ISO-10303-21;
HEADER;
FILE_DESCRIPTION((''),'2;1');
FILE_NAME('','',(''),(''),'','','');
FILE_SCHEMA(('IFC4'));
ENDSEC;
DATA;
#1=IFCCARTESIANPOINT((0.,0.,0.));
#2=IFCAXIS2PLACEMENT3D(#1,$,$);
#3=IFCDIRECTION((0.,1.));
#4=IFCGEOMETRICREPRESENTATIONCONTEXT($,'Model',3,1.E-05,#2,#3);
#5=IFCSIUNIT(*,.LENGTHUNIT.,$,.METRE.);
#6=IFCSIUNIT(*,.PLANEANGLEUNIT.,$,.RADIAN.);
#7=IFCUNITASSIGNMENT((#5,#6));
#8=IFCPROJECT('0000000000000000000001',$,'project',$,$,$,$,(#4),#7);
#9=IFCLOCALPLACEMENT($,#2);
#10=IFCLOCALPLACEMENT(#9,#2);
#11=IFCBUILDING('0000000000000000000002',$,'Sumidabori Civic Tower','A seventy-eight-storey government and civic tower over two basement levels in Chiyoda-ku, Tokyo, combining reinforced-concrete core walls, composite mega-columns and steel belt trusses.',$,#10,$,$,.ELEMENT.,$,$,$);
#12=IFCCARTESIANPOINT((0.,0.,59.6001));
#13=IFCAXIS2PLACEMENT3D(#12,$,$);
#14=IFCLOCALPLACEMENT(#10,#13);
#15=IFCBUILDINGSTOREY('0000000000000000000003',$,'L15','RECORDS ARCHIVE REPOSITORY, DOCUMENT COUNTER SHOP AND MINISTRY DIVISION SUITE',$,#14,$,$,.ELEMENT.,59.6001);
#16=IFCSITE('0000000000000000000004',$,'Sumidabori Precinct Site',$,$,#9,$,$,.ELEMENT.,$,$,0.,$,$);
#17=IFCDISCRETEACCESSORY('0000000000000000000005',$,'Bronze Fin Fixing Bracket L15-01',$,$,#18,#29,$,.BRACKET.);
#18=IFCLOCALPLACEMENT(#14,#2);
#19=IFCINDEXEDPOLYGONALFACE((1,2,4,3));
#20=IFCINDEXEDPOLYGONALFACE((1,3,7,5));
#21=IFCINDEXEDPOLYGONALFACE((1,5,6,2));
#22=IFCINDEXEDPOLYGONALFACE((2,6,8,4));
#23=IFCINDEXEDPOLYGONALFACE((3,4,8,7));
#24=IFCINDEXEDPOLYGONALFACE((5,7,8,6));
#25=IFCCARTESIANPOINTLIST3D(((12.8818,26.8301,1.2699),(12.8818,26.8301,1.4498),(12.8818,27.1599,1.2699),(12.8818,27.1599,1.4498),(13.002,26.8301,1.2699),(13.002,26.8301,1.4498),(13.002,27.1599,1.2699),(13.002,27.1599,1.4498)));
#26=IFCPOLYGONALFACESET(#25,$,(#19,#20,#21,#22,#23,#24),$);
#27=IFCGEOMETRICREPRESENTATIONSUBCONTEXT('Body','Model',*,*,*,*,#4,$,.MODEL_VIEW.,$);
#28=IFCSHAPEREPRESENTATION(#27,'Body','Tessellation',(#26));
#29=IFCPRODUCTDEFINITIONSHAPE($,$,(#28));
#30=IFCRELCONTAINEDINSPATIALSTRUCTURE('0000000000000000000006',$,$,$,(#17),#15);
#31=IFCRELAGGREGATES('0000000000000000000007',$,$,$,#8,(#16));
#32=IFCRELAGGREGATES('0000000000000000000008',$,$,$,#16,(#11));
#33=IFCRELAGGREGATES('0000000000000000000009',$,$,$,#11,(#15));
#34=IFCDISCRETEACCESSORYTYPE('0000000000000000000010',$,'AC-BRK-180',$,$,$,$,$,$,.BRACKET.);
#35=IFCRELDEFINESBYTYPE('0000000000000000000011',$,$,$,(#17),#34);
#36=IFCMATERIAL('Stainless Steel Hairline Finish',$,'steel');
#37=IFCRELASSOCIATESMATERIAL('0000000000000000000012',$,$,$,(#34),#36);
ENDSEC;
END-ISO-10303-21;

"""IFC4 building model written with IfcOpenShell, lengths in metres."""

from ifc_helpers import new_model, si_unit, direction, frame, origin, origin_2d, place, context, subcontext, project, spatial, rectangle, extrude, source, transform, mapped, material, material_profile, profile_set, type_object, element, save


model = new_model("IFC4")

# Units and contexts
model_context = context("Model", 3, precision=1e-05, world=origin(), true_north=direction((0.0, 1.0)))
body_context = subcontext(model_context, "Body", "Model", "MODEL_VIEW")
ifc_project = project(units=[si_unit("LENGTHUNIT", "METRE"), si_unit("PLANEANGLEUNIT", "RADIAN")], contexts=[model_context])

# Site, building, storey
site_placement = place(None, origin())
site = spatial("IfcSite", under=ifc_project, at=site_placement, Name="Sumidabori Precinct Site", CompositionType="ELEMENT", RefElevation=0.0)
building_placement = place(site_placement, origin())
building = spatial("IfcBuilding", under=site, at=building_placement, Name="Sumidabori Civic Tower", Description="A seventy-eight-storey government and civic tower over two basement levels in Chiyoda-ku, Tokyo, combining reinforced-concrete core walls, composite mega-columns and steel belt trusses.", CompositionType="ELEMENT")
storey_placement = place(building_placement, frame((0.0, 0.0, 59.6001)))
storey = spatial("IfcBuildingStorey", under=building, at=storey_placement, Name="L15", Description="RECORDS ARCHIVE REPOSITORY, DOCUMENT COUNTER SHOP AND MINISTRY DIVISION SUITE", CompositionType="ELEMENT", Elevation=59.6001)

# Discrete accessory
ifc_material_1 = material(Name="Stainless Steel Hairline Finish", Category="steel")
ifc_material_profile_1 = material_profile(ifc_material_1, rectangle(XDim=0.1201, YDim=0.1799, at=origin_2d()), Name="STEEL BRACKET 180x120")
ifc_profile_set_1 = profile_set([ifc_material_profile_1], Name="Stainless Steel Hairline Finish")
discrete_accessory_type = type_object("IfcDiscreteAccessoryType", Name="AC-BRK-180", PredefinedType="BRACKET", material=ifc_profile_set_1)
shared_shape_1 = source(origin(), body_context, "Body", "SweptSolid", [
    extrude(rectangle(XDim=0.1201, YDim=0.1799, at=origin_2d()), origin(), (0.0, 0.0, 1.0), 0.3298),
])
discrete_accessory_placement = place(storey_placement, frame((12.9419, 26.8301, 1.3599), z_axis=(0.0, 1.0, 0.0), x_axis=(-1.0, 0.0, 0.0)))
element("IfcDiscreteAccessory", 1, at=discrete_accessory_placement, inside=storey, type_object=discrete_accessory_type, Name="Bronze Fin Fixing Bracket L15-01", PredefinedType="BRACKET", context=body_context, shape_type="MappedRepresentation", body=[
    mapped(shared_shape_1, transform((0.0, 0.0, 0.0), x_axis=(1.0, 0.0, 0.0), y_axis=(0.0, 1.0, 0.0), z_axis=(0.0, 0.0, 1.0), scale=1.0)),
])

save(model, "model.ifc")
